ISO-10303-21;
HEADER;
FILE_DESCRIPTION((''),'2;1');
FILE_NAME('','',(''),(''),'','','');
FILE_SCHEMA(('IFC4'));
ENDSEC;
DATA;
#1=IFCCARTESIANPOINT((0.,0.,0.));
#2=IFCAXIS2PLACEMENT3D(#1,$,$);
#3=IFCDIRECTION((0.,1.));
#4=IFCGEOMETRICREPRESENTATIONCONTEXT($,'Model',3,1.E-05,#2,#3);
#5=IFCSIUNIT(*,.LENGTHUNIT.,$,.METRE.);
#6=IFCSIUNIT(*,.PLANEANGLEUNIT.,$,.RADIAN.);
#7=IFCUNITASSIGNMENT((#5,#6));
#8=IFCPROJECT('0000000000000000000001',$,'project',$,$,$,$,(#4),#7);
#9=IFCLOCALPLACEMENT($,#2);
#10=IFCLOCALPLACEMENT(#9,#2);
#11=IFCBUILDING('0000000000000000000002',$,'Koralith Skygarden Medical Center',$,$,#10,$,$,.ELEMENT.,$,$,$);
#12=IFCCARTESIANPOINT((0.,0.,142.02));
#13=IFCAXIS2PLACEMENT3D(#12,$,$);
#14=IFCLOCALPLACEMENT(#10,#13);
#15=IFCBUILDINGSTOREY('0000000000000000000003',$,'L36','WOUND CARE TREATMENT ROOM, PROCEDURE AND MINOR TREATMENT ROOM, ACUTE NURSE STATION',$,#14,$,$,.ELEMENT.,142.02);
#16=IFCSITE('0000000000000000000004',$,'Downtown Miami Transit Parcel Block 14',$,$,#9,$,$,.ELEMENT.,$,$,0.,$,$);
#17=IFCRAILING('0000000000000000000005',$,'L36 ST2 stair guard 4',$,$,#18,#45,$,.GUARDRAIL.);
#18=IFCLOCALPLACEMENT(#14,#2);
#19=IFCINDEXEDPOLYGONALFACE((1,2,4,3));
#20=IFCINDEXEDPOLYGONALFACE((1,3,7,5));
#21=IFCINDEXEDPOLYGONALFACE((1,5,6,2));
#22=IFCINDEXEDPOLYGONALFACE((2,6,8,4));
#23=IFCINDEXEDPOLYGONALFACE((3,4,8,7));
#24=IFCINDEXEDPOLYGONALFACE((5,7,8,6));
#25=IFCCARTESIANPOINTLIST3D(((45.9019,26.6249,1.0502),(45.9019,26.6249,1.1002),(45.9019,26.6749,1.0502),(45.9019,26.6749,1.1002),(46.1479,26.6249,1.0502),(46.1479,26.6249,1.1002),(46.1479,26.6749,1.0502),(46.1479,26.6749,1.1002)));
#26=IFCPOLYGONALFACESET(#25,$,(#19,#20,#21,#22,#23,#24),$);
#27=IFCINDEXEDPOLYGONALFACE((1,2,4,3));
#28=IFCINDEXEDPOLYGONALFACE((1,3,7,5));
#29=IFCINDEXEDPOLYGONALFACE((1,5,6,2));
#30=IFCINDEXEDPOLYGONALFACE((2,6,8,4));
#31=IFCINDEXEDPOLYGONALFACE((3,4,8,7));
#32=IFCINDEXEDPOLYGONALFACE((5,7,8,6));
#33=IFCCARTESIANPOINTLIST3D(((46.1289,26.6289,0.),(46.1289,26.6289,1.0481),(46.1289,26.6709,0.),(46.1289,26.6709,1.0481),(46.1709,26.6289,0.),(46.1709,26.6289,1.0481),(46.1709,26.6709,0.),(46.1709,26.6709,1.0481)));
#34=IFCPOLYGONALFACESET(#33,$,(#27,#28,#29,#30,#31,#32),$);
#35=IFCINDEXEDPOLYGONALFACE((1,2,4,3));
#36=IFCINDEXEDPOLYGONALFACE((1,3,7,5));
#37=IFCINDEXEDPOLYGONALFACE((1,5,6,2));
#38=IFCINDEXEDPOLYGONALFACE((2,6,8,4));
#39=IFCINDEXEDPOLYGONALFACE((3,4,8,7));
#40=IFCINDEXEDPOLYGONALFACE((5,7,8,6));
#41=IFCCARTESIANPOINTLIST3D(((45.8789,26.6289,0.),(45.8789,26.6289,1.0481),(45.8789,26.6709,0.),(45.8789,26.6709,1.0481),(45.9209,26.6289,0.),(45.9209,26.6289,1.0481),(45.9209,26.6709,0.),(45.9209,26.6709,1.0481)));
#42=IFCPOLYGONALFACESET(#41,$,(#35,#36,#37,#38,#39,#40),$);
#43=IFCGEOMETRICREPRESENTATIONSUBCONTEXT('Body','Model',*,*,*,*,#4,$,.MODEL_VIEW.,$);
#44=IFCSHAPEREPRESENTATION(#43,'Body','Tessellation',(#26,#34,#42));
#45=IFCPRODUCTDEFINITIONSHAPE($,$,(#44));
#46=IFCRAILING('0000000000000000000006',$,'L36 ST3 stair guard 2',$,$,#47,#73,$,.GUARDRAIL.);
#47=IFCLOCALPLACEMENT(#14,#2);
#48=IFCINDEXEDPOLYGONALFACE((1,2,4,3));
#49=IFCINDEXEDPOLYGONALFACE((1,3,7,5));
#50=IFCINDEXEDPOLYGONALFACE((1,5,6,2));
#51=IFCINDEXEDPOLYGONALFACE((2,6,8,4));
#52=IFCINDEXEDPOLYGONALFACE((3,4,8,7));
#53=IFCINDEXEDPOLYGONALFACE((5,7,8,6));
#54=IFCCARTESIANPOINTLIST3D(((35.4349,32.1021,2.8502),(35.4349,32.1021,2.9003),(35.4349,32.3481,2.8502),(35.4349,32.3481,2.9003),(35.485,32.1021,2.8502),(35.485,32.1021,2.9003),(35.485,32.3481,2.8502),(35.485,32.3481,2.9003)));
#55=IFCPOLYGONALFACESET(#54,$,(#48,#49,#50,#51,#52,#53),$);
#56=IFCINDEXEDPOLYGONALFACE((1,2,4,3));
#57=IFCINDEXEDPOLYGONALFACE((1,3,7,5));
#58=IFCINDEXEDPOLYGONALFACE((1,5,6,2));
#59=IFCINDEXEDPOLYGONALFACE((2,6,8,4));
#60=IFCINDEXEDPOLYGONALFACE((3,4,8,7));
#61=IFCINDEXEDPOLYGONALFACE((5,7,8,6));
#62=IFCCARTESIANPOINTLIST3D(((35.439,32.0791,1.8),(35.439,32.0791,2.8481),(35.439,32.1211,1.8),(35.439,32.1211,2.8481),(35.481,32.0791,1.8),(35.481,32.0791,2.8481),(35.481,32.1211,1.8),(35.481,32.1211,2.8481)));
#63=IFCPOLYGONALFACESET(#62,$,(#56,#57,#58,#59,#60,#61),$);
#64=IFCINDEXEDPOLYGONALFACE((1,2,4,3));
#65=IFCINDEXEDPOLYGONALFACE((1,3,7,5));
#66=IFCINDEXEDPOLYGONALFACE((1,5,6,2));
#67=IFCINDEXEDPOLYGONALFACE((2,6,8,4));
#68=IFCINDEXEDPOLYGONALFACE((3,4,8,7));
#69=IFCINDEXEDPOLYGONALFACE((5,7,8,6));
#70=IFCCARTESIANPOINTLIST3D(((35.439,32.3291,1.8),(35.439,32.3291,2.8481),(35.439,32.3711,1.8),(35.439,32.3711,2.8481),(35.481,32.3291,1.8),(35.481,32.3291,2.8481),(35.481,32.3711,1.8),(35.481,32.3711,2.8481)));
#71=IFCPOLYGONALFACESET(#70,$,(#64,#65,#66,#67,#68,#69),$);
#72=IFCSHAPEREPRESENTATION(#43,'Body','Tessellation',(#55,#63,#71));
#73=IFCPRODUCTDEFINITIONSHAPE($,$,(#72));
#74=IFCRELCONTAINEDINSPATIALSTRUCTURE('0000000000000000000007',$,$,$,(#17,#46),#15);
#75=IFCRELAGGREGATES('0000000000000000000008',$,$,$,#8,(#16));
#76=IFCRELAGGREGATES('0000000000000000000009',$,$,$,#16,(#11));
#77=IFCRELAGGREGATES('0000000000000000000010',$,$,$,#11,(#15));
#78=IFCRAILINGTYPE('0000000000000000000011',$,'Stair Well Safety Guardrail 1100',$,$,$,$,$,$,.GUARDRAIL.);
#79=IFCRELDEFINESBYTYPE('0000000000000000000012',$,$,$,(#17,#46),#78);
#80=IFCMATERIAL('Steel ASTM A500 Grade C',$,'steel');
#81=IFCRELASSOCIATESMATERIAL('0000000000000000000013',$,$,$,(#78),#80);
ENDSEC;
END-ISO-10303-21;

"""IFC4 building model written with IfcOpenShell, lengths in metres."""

from ifc_helpers import new_model, si_unit, direction, frame, origin, origin_2d, place, context, subcontext, project, spatial, rectangle, extrude, material, type_object, element, save


model = new_model("IFC4")

# Units and contexts
model_context = context("Model", 3, precision=1e-05, world=origin(), true_north=direction((0.0, 1.0)))
body_context = subcontext(model_context, "Body", "Model", "MODEL_VIEW")
ifc_project = project(units=[si_unit("LENGTHUNIT", "METRE"), si_unit("PLANEANGLEUNIT", "RADIAN")], contexts=[model_context])

# Site, building, storey
site_placement = place(None, origin())
site = spatial("IfcSite", under=ifc_project, at=site_placement, Name="Downtown Miami Transit Parcel Block 14", CompositionType="ELEMENT", RefElevation=0.0)
building_placement = place(site_placement, origin())
building = spatial("IfcBuilding", under=site, at=building_placement, Name="Koralith Skygarden Medical Center", CompositionType="ELEMENT")
storey_placement = place(building_placement, frame((0.0, 0.0, 142.02)))
storey = spatial("IfcBuildingStorey", under=building, at=storey_placement, Name="L36", Description="WOUND CARE TREATMENT ROOM, PROCEDURE AND MINOR TREATMENT ROOM, ACUTE NURSE STATION", CompositionType="ELEMENT", Elevation=142.02)

# Shared definitions
ifc_material_1 = material(Name="Steel ASTM A500 Grade C", Category="steel")

# Railings
railing_type_1 = type_object("IfcRailingType", Name="Stair Well Safety Guardrail 1100", PredefinedType="GUARDRAIL", material=ifc_material_1)
railing_1_placement = place(storey_placement, frame((46.1499, 26.6499, 0.0)))
element("IfcRailing", 1, at=railing_1_placement, inside=storey, type_object=railing_type_1, Name="L36 ST2 stair guard 4", PredefinedType="GUARDRAIL", context=body_context, shape_type="SweptSolid", body=[
    extrude(rectangle(XDim=0.05, YDim=0.05, at=origin_2d()), frame((-0.002, 0.0, 1.0752), z_axis=(-1.0, 0.0, 0.0), x_axis=(0.0, -1.0, 0.0)), (0.0, 0.0, 1.0), 0.2461),
    extrude(rectangle(XDim=0.042, YDim=0.042, at=origin_2d()), origin(), (0.0, 0.0, 1.0), 1.0481),
    extrude(rectangle(XDim=0.042, YDim=0.042, at=origin_2d()), frame((-0.25, 0.0, 0.0)), (0.0, 0.0, 1.0), 1.0481),
])
railing_2_placement = place(storey_placement, frame((35.46, 32.1001, 1.8)))
element("IfcRailing", 2, at=railing_2_placement, inside=storey, type_object=railing_type_1, Name="L36 ST3 stair guard 2", PredefinedType="GUARDRAIL", context=body_context, shape_type="SweptSolid", body=[
    extrude(rectangle(XDim=0.05, YDim=0.05, at=origin_2d()), frame((0.0, 0.002, 1.0752), z_axis=(0.0, 1.0, 0.0), x_axis=(-1.0, 0.0, 0.0)), (0.0, 0.0, 1.0), 0.2461),
    extrude(rectangle(XDim=0.042, YDim=0.042, at=origin_2d()), origin(), (0.0, 0.0, 1.0), 1.0481),
    extrude(rectangle(XDim=0.042, YDim=0.042, at=origin_2d()), frame((0.0, 0.25, 0.0)), (0.0, 0.0, 1.0), 1.0481),
])

save(model, "model.ifc")
